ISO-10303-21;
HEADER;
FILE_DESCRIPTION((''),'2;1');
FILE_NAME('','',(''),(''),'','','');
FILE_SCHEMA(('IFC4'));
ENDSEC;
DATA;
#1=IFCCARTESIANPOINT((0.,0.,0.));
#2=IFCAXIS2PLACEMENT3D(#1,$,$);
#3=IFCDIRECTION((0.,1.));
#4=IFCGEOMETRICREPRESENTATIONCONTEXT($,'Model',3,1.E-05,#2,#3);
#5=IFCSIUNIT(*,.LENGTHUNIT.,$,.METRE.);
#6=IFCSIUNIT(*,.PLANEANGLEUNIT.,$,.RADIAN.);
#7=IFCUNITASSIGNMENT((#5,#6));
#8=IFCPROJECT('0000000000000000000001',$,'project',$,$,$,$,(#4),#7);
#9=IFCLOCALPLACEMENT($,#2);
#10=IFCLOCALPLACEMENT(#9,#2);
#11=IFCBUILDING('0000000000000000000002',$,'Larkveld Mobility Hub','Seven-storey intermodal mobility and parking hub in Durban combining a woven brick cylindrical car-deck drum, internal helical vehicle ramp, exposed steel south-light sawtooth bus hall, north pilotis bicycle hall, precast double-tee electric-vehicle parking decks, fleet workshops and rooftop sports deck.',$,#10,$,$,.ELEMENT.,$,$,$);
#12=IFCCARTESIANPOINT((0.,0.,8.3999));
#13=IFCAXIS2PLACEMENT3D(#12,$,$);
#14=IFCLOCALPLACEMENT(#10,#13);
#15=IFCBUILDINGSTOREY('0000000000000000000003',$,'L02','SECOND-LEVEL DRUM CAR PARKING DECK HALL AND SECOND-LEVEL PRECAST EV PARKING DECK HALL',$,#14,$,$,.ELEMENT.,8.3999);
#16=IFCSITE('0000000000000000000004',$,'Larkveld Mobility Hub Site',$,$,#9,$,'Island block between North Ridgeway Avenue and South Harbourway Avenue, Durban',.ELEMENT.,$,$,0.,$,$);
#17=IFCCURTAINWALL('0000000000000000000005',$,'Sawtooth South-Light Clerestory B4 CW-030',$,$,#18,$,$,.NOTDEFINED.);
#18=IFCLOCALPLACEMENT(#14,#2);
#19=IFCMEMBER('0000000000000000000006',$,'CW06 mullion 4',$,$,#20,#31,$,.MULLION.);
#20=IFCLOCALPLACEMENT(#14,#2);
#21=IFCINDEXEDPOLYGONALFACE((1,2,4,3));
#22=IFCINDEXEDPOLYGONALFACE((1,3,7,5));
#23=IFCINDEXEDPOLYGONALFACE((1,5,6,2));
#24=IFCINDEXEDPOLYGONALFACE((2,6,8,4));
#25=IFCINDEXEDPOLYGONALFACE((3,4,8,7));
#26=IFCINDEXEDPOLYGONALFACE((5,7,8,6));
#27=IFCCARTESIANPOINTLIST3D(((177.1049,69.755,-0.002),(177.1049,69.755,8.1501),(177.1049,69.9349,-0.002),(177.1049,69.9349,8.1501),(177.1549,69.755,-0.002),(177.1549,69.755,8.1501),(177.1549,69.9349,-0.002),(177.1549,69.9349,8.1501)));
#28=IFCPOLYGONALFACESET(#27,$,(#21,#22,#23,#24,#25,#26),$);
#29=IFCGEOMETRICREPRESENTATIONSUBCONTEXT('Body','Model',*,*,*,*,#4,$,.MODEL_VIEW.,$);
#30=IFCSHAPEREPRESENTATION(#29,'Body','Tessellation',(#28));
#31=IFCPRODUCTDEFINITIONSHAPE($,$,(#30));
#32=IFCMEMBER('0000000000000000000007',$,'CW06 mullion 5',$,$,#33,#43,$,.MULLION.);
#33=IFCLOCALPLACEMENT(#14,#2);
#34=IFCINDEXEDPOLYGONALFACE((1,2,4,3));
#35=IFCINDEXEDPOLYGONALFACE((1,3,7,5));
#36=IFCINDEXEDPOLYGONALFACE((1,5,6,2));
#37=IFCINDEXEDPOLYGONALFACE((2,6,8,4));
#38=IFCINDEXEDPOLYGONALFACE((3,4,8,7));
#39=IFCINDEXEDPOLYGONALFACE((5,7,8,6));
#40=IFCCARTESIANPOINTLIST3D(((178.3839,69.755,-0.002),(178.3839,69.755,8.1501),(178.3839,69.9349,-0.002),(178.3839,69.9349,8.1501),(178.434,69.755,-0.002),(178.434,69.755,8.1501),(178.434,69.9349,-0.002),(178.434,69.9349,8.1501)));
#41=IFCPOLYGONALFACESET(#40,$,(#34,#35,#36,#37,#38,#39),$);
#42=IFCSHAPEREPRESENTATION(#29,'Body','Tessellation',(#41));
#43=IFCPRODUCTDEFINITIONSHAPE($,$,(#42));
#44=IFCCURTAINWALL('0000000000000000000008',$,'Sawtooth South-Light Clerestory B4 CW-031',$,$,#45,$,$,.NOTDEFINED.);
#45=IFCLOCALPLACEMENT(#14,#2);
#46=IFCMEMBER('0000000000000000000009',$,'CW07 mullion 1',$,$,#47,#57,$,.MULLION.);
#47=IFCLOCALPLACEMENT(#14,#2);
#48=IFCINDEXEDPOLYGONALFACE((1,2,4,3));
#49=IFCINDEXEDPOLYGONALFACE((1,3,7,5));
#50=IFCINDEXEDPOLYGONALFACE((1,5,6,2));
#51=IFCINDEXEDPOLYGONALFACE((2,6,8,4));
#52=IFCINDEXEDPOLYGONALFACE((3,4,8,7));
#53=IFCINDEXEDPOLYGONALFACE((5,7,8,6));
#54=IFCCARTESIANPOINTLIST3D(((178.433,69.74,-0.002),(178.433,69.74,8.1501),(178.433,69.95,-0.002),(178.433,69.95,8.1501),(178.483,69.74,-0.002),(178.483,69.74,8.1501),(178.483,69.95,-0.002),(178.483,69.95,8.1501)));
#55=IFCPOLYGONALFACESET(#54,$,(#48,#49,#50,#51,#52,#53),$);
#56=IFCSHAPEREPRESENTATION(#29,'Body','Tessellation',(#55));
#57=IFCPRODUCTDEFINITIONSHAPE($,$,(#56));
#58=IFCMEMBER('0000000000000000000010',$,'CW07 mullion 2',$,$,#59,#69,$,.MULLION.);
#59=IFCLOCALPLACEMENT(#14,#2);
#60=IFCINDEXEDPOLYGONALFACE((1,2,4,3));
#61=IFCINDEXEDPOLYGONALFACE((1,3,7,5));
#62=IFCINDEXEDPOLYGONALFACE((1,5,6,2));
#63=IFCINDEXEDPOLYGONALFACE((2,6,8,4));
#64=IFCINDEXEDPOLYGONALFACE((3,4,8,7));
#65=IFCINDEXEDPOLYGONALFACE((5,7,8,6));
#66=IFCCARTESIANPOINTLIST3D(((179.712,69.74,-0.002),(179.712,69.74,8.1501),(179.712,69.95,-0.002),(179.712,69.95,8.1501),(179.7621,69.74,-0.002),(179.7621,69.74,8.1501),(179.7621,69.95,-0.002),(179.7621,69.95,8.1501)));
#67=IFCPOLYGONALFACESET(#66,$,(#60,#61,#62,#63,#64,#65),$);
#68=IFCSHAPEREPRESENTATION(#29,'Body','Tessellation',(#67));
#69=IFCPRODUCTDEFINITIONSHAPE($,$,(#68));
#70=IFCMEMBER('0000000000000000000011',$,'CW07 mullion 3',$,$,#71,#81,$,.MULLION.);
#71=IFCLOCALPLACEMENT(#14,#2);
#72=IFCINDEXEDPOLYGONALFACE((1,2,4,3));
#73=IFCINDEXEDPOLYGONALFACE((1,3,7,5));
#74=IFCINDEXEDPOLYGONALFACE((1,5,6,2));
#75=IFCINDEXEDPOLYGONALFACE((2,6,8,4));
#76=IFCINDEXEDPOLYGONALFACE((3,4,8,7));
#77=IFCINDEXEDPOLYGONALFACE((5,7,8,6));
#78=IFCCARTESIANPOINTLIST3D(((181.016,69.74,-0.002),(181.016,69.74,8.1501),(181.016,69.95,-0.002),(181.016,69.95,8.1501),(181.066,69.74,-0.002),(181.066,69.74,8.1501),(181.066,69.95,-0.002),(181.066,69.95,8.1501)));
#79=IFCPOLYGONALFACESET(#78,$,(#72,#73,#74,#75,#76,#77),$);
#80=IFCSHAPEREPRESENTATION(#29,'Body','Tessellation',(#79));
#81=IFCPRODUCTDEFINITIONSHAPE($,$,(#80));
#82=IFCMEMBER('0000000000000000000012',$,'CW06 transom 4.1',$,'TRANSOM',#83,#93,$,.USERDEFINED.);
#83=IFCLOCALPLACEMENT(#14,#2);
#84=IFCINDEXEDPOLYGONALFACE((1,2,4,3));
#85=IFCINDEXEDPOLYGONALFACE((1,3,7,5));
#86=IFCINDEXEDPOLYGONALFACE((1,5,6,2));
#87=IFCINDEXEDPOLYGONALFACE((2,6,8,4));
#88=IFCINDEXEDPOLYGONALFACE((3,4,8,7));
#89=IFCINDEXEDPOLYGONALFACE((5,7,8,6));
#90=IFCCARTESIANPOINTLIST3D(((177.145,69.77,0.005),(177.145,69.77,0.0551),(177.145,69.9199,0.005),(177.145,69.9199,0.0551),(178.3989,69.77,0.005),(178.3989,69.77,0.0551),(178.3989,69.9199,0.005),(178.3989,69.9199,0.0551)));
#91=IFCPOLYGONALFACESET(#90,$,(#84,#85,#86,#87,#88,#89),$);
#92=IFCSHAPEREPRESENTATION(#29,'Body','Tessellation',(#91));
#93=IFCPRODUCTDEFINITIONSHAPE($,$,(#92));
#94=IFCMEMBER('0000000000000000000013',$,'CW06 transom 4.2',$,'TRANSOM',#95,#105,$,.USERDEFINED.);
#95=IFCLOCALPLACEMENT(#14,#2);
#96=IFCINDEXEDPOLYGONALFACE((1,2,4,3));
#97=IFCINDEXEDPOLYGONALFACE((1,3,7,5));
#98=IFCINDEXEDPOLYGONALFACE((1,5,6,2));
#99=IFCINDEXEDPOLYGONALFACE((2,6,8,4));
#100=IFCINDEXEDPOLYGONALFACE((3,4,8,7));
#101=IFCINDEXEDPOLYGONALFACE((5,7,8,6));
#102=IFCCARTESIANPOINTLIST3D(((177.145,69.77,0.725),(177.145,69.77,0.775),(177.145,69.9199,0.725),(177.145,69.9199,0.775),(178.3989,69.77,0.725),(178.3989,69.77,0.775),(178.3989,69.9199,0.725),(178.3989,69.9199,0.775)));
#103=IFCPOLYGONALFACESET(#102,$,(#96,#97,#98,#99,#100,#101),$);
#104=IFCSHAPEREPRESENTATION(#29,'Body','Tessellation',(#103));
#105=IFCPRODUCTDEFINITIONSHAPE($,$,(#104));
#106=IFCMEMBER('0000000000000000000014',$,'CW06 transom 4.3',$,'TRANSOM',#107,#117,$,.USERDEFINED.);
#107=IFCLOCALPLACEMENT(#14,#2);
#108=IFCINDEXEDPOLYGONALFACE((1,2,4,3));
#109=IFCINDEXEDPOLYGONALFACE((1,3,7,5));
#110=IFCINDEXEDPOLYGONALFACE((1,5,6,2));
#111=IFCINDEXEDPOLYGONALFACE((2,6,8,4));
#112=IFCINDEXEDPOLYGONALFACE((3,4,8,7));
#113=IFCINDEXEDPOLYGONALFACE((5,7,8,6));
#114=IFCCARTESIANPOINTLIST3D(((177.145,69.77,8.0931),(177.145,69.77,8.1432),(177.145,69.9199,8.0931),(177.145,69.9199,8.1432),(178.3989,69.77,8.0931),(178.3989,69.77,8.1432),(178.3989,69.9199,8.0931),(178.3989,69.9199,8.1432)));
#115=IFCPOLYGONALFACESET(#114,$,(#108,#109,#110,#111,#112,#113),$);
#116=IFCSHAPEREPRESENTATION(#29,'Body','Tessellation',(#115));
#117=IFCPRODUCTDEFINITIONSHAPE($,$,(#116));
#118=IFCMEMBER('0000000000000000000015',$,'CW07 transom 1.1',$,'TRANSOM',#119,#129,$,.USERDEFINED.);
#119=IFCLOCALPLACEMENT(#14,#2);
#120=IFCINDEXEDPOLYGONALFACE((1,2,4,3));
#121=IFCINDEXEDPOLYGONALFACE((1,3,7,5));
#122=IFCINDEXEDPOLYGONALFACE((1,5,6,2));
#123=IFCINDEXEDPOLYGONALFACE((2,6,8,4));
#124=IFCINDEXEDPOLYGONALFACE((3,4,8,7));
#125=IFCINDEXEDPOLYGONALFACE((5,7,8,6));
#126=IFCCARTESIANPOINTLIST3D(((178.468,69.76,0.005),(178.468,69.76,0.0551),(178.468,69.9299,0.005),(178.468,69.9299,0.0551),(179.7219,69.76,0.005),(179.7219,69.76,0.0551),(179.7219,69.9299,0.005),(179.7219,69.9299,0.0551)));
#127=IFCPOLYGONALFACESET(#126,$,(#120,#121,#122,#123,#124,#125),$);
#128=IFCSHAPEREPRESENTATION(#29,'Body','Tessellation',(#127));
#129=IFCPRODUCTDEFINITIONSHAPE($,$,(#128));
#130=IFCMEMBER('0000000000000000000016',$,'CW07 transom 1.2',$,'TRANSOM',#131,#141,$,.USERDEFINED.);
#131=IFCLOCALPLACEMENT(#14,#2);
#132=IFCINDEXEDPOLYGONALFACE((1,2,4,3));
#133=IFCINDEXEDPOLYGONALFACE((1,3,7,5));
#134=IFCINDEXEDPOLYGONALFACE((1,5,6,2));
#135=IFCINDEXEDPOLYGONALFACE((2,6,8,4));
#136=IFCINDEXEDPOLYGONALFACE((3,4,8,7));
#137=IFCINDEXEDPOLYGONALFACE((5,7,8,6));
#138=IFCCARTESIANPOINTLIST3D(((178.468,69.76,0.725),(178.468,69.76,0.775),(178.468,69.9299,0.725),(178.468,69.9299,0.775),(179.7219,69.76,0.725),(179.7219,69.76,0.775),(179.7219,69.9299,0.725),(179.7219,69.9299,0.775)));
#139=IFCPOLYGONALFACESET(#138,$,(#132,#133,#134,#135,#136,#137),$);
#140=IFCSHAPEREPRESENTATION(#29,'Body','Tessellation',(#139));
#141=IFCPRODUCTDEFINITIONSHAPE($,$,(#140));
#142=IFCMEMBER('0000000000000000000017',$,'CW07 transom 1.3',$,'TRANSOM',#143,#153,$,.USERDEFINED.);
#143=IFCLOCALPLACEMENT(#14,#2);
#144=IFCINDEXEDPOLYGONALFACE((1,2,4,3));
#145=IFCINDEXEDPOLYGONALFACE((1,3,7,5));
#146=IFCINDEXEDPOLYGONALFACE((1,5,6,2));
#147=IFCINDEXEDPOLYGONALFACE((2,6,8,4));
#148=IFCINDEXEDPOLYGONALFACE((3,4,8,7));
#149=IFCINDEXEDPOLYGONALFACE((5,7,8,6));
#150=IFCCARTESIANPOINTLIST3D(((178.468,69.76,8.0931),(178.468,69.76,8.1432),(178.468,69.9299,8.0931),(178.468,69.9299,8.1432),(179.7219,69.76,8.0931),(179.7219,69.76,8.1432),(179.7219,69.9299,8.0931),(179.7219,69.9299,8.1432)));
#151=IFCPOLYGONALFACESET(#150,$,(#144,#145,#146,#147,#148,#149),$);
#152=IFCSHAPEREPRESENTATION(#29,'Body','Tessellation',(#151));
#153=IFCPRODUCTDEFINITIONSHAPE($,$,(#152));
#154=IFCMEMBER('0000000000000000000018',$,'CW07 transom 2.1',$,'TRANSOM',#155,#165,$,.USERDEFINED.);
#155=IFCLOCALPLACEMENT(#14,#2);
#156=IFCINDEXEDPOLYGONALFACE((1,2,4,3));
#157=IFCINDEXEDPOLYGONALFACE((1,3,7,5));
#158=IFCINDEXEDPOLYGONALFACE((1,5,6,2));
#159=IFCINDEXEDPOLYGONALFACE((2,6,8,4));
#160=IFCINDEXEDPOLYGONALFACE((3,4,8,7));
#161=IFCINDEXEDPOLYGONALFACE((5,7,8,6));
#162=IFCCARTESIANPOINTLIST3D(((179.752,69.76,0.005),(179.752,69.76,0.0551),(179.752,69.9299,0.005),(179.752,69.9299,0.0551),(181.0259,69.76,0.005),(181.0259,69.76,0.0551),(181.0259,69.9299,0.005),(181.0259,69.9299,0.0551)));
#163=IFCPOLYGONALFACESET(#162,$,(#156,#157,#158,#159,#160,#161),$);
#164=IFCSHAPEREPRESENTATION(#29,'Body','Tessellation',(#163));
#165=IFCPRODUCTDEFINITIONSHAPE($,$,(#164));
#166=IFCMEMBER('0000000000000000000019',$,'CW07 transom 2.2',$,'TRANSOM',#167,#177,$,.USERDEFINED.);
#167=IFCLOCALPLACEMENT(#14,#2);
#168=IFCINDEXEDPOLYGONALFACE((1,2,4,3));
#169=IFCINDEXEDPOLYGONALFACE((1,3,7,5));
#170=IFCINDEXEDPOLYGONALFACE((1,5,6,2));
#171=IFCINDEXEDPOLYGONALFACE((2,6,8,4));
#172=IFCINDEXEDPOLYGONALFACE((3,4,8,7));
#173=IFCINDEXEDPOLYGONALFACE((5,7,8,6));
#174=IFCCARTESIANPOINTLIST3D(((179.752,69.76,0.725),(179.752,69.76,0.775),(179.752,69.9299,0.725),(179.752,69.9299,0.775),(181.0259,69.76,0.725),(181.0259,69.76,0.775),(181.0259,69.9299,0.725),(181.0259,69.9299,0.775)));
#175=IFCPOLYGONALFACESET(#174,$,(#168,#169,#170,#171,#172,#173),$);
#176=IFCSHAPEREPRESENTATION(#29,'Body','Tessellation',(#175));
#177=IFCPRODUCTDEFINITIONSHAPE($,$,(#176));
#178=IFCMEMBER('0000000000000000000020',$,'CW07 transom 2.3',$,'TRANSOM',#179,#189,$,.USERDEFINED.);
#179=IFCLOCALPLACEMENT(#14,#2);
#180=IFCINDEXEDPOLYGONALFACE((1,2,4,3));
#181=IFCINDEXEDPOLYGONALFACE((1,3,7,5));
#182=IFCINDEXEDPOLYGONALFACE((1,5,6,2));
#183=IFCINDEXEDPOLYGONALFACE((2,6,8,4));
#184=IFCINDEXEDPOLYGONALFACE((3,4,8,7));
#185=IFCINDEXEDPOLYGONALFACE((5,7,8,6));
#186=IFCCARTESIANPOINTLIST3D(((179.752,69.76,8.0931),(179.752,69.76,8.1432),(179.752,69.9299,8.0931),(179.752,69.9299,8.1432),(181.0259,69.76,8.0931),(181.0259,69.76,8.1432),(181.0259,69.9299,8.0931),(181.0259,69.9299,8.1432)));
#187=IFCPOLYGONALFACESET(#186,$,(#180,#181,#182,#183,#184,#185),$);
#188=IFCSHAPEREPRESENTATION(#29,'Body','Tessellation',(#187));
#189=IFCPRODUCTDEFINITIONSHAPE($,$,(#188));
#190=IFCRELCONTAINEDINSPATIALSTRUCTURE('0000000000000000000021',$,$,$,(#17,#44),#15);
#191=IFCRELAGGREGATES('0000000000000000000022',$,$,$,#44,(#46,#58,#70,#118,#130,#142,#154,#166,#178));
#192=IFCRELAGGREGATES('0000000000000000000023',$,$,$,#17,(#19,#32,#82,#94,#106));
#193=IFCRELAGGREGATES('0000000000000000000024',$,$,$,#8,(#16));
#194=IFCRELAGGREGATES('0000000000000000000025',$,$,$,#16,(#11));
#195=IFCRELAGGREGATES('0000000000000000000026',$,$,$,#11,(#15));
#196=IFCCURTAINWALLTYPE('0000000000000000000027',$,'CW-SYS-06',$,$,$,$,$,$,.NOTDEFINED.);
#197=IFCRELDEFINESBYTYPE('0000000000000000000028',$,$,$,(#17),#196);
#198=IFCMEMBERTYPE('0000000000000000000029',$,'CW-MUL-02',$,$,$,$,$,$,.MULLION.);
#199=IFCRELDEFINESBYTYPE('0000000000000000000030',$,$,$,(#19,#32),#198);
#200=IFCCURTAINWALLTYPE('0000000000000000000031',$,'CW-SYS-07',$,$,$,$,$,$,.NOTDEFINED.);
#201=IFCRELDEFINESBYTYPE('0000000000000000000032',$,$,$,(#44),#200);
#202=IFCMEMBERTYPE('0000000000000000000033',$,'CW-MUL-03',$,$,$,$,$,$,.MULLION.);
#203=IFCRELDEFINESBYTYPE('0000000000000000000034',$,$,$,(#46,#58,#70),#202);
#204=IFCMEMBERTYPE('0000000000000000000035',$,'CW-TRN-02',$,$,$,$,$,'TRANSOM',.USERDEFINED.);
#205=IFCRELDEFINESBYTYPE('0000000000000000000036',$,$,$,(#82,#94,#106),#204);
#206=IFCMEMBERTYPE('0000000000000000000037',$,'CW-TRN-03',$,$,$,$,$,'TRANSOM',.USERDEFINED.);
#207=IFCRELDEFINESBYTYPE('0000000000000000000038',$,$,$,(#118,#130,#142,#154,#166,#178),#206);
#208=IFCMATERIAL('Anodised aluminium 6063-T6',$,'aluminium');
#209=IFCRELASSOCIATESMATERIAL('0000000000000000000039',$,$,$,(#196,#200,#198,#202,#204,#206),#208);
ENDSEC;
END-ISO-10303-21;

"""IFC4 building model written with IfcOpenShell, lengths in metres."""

from ifc_helpers import new_model, si_unit, direction, frame, origin, origin_2d, place, context, subcontext, project, spatial, rectangle, extrude, material, material_profile, profile_set, type_object, element, aggregate, save


model = new_model("IFC4")

# Units and contexts
model_context = context("Model", 3, precision=1e-05, world=origin(), true_north=direction((0.0, 1.0)))
body_context = subcontext(model_context, "Body", "Model", "MODEL_VIEW")
ifc_project = project(units=[si_unit("LENGTHUNIT", "METRE"), si_unit("PLANEANGLEUNIT", "RADIAN")], contexts=[model_context])

# Site, building, storey
site_placement = place(None, origin())
site = spatial("IfcSite", under=ifc_project, at=site_placement, Name="Larkveld Mobility Hub Site", LongName="Island block between North Ridgeway Avenue and South Harbourway Avenue, Durban", CompositionType="ELEMENT", RefElevation=0.0)
building_placement = place(site_placement, origin())
building = spatial("IfcBuilding", under=site, at=building_placement, Name="Larkveld Mobility Hub", Description="Seven-storey intermodal mobility and parking hub in Durban combining a woven brick cylindrical car-deck drum, internal helical vehicle ramp, exposed steel south-light sawtooth bus hall, north pilotis bicycle hall, precast double-tee electric-vehicle parking decks, fleet workshops and rooftop sports deck.", CompositionType="ELEMENT")
storey_placement = place(building_placement, frame((0.0, 0.0, 8.3999)))
storey = spatial("IfcBuildingStorey", under=building, at=storey_placement, Name="L02", Description="SECOND-LEVEL DRUM CAR PARKING DECK HALL AND SECOND-LEVEL PRECAST EV PARKING DECK HALL", CompositionType="ELEMENT", Elevation=8.3999)

# Curtain walls, members
ifc_material_1 = material(Name="Anodised aluminium 6063-T6", Category="aluminium")
curtain_wall_type_1 = type_object("IfcCurtainWallType", Name="CW-SYS-06", PredefinedType="NOTDEFINED", material=ifc_material_1)
curtain_wall_1_placement = place(storey_placement, origin())
curtain_wall_1 = element("IfcCurtainWall", 1, at=curtain_wall_1_placement, inside=storey, type_object=curtain_wall_type_1, Name="Sawtooth South-Light Clerestory B4 CW-030", PredefinedType="NOTDEFINED")
ifc_material_profile_1 = material_profile(ifc_material_1, rectangle(XDim=0.05, YDim=0.1799, at=origin_2d()), Name="ALU MULL 50x180")
ifc_profile_set_1 = profile_set([ifc_material_profile_1], Name="Anodised aluminium 6063-T6")
member_type_1 = type_object("IfcMemberType", Name="CW-MUL-02", PredefinedType="MULLION", material=ifc_profile_set_1)
member_1_placement = place(storey_placement, frame((177.1299, 69.845, -0.002), z_axis=(0.0, 0.0, 1.0), x_axis=(1.0, 0.0, 0.0)))
member_1 = element("IfcMember", 2, at=member_1_placement, type_object=member_type_1, Name="CW06 mullion 4", PredefinedType="MULLION", context=body_context, shape_type="SweptSolid", body=[
    extrude(rectangle(XDim=0.05, YDim=0.1799, at=origin_2d()), origin(), (0.0, 0.0, 1.0), 8.1521),
])
member_2_placement = place(storey_placement, frame((178.4089, 69.845, -0.002), z_axis=(0.0, 0.0, 1.0), x_axis=(1.0, 0.0, 0.0)))
member_2 = element("IfcMember", 3, at=member_2_placement, type_object=member_type_1, Name="CW06 mullion 5", PredefinedType="MULLION", context=body_context, shape_type="SweptSolid", body=[
    extrude(rectangle(XDim=0.05, YDim=0.1799, at=origin_2d()), origin(), (0.0, 0.0, 1.0), 8.1521),
])
curtain_wall_type_2 = type_object("IfcCurtainWallType", Name="CW-SYS-07", PredefinedType="NOTDEFINED", material=ifc_material_1)
curtain_wall_2_placement = place(storey_placement, origin())
curtain_wall_2 = element("IfcCurtainWall", 4, at=curtain_wall_2_placement, inside=storey, type_object=curtain_wall_type_2, Name="Sawtooth South-Light Clerestory B4 CW-031", PredefinedType="NOTDEFINED")
ifc_material_profile_2 = material_profile(ifc_material_1, rectangle(XDim=0.05, YDim=0.21, at=origin_2d()), Name="ALU MULL 50x210")
ifc_profile_set_2 = profile_set([ifc_material_profile_2], Name="Anodised aluminium 6063-T6")
member_type_2 = type_object("IfcMemberType", Name="CW-MUL-03", PredefinedType="MULLION", material=ifc_profile_set_2)
member_3_placement = place(storey_placement, frame((178.458, 69.845, -0.002), z_axis=(0.0, 0.0, 1.0), x_axis=(1.0, 0.0, 0.0)))
member_3 = element("IfcMember", 5, at=member_3_placement, type_object=member_type_2, Name="CW07 mullion 1", PredefinedType="MULLION", context=body_context, shape_type="SweptSolid", body=[
    extrude(rectangle(XDim=0.05, YDim=0.21, at=origin_2d()), origin(), (0.0, 0.0, 1.0), 8.1521),
])
member_4_placement = place(storey_placement, frame((179.7371, 69.845, -0.002), z_axis=(0.0, 0.0, 1.0), x_axis=(1.0, 0.0, 0.0)))
member_4 = element("IfcMember", 6, at=member_4_placement, type_object=member_type_2, Name="CW07 mullion 2", PredefinedType="MULLION", context=body_context, shape_type="SweptSolid", body=[
    extrude(rectangle(XDim=0.05, YDim=0.21, at=origin_2d()), origin(), (0.0, 0.0, 1.0), 8.1521),
])
member_5_placement = place(storey_placement, frame((181.041, 69.845, -0.002), z_axis=(0.0, 0.0, 1.0), x_axis=(1.0, 0.0, 0.0)))
member_5 = element("IfcMember", 7, at=member_5_placement, type_object=member_type_2, Name="CW07 mullion 3", PredefinedType="MULLION", context=body_context, shape_type="SweptSolid", body=[
    extrude(rectangle(XDim=0.05, YDim=0.21, at=origin_2d()), origin(), (0.0, 0.0, 1.0), 8.1521),
])

# Members
ifc_material_profile_3 = material_profile(ifc_material_1, rectangle(XDim=0.1499, YDim=0.05, at=origin_2d()), Name="ALU TRAN 50x150")
ifc_profile_set_3 = profile_set([ifc_material_profile_3], Name="Anodised aluminium 6063-T6")
member_type_3 = type_object("IfcMemberType", Name="CW-TRN-02", ElementType="TRANSOM", PredefinedType="USERDEFINED", material=ifc_profile_set_3)
member_6_placement = place(storey_placement, frame((177.145, 69.845, 0.03), z_axis=(1.0, 0.0, 0.0), x_axis=(0.0, 1.0, 0.0)))
member_6 = element("IfcMember", 8, at=member_6_placement, type_object=member_type_3, Name="CW06 transom 4.1", ObjectType="TRANSOM", PredefinedType="USERDEFINED", context=body_context, shape_type="SweptSolid", body=[
    extrude(rectangle(XDim=0.1499, YDim=0.05, at=origin_2d()), origin(), (0.0, 0.0, 1.0), 1.2539),
])
member_7_placement = place(storey_placement, frame((177.145, 69.845, 0.75), z_axis=(1.0, 0.0, 0.0), x_axis=(0.0, 1.0, 0.0)))
member_7 = element("IfcMember", 9, at=member_7_placement, type_object=member_type_3, Name="CW06 transom 4.2", ObjectType="TRANSOM", PredefinedType="USERDEFINED", context=body_context, shape_type="SweptSolid", body=[
    extrude(rectangle(XDim=0.1499, YDim=0.05, at=origin_2d()), origin(), (0.0, 0.0, 1.0), 1.2539),
])
member_8_placement = place(storey_placement, frame((177.145, 69.845, 8.1182), z_axis=(1.0, 0.0, 0.0), x_axis=(0.0, 1.0, 0.0)))
member_8 = element("IfcMember", 10, at=member_8_placement, type_object=member_type_3, Name="CW06 transom 4.3", ObjectType="TRANSOM", PredefinedType="USERDEFINED", context=body_context, shape_type="SweptSolid", body=[
    extrude(rectangle(XDim=0.1499, YDim=0.05, at=origin_2d()), origin(), (0.0, 0.0, 1.0), 1.2539),
])
ifc_material_profile_4 = material_profile(ifc_material_1, rectangle(XDim=0.1699, YDim=0.05, at=origin_2d()), Name="ALU TRAN 50x170")
ifc_profile_set_4 = profile_set([ifc_material_profile_4], Name="Anodised aluminium 6063-T6")
member_type_4 = type_object("IfcMemberType", Name="CW-TRN-03", ElementType="TRANSOM", PredefinedType="USERDEFINED", material=ifc_profile_set_4)
member_9_placement = place(storey_placement, frame((178.468, 69.845, 0.03), z_axis=(1.0, 0.0, 0.0), x_axis=(0.0, 1.0, 0.0)))
member_9 = element("IfcMember", 11, at=member_9_placement, type_object=member_type_4, Name="CW07 transom 1.1", ObjectType="TRANSOM", PredefinedType="USERDEFINED", context=body_context, shape_type="SweptSolid", body=[
    extrude(rectangle(XDim=0.1699, YDim=0.05, at=origin_2d()), origin(), (0.0, 0.0, 1.0), 1.2539),
])
member_10_placement = place(storey_placement, frame((178.468, 69.845, 0.75), z_axis=(1.0, 0.0, 0.0), x_axis=(0.0, 1.0, 0.0)))
member_10 = element("IfcMember", 12, at=member_10_placement, type_object=member_type_4, Name="CW07 transom 1.2", ObjectType="TRANSOM", PredefinedType="USERDEFINED", context=body_context, shape_type="SweptSolid", body=[
    extrude(rectangle(XDim=0.1699, YDim=0.05, at=origin_2d()), origin(), (0.0, 0.0, 1.0), 1.2539),
])
member_11_placement = place(storey_placement, frame((178.468, 69.845, 8.1182), z_axis=(1.0, 0.0, 0.0), x_axis=(0.0, 1.0, 0.0)))
member_11 = element("IfcMember", 13, at=member_11_placement, type_object=member_type_4, Name="CW07 transom 1.3", ObjectType="TRANSOM", PredefinedType="USERDEFINED", context=body_context, shape_type="SweptSolid", body=[
    extrude(rectangle(XDim=0.1699, YDim=0.05, at=origin_2d()), origin(), (0.0, 0.0, 1.0), 1.2539),
])
member_12_placement = place(storey_placement, frame((179.752, 69.845, 0.03), z_axis=(1.0, 0.0, 0.0), x_axis=(0.0, 1.0, 0.0)))
member_12 = element("IfcMember", 14, at=member_12_placement, type_object=member_type_4, Name="CW07 transom 2.1", ObjectType="TRANSOM", PredefinedType="USERDEFINED", context=body_context, shape_type="SweptSolid", body=[
    extrude(rectangle(XDim=0.1699, YDim=0.05, at=origin_2d()), origin(), (0.0, 0.0, 1.0), 1.2739),
])
member_13_placement = place(storey_placement, frame((179.752, 69.845, 0.75), z_axis=(1.0, 0.0, 0.0), x_axis=(0.0, 1.0, 0.0)))
member_13 = element("IfcMember", 15, at=member_13_placement, type_object=member_type_4, Name="CW07 transom 2.2", ObjectType="TRANSOM", PredefinedType="USERDEFINED", context=body_context, shape_type="SweptSolid", body=[
    extrude(rectangle(XDim=0.1699, YDim=0.05, at=origin_2d()), origin(), (0.0, 0.0, 1.0), 1.2739),
])
member_14_placement = place(storey_placement, frame((179.752, 69.845, 8.1182), z_axis=(1.0, 0.0, 0.0), x_axis=(0.0, 1.0, 0.0)))
member_14 = element("IfcMember", 16, at=member_14_placement, type_object=member_type_4, Name="CW07 transom 2.3", ObjectType="TRANSOM", PredefinedType="USERDEFINED", context=body_context, shape_type="SweptSolid", body=[
    extrude(rectangle(XDim=0.1699, YDim=0.05, at=origin_2d()), origin(), (0.0, 0.0, 1.0), 1.2739),
])

aggregate(curtain_wall_2, [member_3, member_4, member_5, member_9, member_10, member_11, member_12, member_13, member_14])
aggregate(curtain_wall_1, [member_1, member_2, member_6, member_7, member_8])

save(model, "model.ifc")
